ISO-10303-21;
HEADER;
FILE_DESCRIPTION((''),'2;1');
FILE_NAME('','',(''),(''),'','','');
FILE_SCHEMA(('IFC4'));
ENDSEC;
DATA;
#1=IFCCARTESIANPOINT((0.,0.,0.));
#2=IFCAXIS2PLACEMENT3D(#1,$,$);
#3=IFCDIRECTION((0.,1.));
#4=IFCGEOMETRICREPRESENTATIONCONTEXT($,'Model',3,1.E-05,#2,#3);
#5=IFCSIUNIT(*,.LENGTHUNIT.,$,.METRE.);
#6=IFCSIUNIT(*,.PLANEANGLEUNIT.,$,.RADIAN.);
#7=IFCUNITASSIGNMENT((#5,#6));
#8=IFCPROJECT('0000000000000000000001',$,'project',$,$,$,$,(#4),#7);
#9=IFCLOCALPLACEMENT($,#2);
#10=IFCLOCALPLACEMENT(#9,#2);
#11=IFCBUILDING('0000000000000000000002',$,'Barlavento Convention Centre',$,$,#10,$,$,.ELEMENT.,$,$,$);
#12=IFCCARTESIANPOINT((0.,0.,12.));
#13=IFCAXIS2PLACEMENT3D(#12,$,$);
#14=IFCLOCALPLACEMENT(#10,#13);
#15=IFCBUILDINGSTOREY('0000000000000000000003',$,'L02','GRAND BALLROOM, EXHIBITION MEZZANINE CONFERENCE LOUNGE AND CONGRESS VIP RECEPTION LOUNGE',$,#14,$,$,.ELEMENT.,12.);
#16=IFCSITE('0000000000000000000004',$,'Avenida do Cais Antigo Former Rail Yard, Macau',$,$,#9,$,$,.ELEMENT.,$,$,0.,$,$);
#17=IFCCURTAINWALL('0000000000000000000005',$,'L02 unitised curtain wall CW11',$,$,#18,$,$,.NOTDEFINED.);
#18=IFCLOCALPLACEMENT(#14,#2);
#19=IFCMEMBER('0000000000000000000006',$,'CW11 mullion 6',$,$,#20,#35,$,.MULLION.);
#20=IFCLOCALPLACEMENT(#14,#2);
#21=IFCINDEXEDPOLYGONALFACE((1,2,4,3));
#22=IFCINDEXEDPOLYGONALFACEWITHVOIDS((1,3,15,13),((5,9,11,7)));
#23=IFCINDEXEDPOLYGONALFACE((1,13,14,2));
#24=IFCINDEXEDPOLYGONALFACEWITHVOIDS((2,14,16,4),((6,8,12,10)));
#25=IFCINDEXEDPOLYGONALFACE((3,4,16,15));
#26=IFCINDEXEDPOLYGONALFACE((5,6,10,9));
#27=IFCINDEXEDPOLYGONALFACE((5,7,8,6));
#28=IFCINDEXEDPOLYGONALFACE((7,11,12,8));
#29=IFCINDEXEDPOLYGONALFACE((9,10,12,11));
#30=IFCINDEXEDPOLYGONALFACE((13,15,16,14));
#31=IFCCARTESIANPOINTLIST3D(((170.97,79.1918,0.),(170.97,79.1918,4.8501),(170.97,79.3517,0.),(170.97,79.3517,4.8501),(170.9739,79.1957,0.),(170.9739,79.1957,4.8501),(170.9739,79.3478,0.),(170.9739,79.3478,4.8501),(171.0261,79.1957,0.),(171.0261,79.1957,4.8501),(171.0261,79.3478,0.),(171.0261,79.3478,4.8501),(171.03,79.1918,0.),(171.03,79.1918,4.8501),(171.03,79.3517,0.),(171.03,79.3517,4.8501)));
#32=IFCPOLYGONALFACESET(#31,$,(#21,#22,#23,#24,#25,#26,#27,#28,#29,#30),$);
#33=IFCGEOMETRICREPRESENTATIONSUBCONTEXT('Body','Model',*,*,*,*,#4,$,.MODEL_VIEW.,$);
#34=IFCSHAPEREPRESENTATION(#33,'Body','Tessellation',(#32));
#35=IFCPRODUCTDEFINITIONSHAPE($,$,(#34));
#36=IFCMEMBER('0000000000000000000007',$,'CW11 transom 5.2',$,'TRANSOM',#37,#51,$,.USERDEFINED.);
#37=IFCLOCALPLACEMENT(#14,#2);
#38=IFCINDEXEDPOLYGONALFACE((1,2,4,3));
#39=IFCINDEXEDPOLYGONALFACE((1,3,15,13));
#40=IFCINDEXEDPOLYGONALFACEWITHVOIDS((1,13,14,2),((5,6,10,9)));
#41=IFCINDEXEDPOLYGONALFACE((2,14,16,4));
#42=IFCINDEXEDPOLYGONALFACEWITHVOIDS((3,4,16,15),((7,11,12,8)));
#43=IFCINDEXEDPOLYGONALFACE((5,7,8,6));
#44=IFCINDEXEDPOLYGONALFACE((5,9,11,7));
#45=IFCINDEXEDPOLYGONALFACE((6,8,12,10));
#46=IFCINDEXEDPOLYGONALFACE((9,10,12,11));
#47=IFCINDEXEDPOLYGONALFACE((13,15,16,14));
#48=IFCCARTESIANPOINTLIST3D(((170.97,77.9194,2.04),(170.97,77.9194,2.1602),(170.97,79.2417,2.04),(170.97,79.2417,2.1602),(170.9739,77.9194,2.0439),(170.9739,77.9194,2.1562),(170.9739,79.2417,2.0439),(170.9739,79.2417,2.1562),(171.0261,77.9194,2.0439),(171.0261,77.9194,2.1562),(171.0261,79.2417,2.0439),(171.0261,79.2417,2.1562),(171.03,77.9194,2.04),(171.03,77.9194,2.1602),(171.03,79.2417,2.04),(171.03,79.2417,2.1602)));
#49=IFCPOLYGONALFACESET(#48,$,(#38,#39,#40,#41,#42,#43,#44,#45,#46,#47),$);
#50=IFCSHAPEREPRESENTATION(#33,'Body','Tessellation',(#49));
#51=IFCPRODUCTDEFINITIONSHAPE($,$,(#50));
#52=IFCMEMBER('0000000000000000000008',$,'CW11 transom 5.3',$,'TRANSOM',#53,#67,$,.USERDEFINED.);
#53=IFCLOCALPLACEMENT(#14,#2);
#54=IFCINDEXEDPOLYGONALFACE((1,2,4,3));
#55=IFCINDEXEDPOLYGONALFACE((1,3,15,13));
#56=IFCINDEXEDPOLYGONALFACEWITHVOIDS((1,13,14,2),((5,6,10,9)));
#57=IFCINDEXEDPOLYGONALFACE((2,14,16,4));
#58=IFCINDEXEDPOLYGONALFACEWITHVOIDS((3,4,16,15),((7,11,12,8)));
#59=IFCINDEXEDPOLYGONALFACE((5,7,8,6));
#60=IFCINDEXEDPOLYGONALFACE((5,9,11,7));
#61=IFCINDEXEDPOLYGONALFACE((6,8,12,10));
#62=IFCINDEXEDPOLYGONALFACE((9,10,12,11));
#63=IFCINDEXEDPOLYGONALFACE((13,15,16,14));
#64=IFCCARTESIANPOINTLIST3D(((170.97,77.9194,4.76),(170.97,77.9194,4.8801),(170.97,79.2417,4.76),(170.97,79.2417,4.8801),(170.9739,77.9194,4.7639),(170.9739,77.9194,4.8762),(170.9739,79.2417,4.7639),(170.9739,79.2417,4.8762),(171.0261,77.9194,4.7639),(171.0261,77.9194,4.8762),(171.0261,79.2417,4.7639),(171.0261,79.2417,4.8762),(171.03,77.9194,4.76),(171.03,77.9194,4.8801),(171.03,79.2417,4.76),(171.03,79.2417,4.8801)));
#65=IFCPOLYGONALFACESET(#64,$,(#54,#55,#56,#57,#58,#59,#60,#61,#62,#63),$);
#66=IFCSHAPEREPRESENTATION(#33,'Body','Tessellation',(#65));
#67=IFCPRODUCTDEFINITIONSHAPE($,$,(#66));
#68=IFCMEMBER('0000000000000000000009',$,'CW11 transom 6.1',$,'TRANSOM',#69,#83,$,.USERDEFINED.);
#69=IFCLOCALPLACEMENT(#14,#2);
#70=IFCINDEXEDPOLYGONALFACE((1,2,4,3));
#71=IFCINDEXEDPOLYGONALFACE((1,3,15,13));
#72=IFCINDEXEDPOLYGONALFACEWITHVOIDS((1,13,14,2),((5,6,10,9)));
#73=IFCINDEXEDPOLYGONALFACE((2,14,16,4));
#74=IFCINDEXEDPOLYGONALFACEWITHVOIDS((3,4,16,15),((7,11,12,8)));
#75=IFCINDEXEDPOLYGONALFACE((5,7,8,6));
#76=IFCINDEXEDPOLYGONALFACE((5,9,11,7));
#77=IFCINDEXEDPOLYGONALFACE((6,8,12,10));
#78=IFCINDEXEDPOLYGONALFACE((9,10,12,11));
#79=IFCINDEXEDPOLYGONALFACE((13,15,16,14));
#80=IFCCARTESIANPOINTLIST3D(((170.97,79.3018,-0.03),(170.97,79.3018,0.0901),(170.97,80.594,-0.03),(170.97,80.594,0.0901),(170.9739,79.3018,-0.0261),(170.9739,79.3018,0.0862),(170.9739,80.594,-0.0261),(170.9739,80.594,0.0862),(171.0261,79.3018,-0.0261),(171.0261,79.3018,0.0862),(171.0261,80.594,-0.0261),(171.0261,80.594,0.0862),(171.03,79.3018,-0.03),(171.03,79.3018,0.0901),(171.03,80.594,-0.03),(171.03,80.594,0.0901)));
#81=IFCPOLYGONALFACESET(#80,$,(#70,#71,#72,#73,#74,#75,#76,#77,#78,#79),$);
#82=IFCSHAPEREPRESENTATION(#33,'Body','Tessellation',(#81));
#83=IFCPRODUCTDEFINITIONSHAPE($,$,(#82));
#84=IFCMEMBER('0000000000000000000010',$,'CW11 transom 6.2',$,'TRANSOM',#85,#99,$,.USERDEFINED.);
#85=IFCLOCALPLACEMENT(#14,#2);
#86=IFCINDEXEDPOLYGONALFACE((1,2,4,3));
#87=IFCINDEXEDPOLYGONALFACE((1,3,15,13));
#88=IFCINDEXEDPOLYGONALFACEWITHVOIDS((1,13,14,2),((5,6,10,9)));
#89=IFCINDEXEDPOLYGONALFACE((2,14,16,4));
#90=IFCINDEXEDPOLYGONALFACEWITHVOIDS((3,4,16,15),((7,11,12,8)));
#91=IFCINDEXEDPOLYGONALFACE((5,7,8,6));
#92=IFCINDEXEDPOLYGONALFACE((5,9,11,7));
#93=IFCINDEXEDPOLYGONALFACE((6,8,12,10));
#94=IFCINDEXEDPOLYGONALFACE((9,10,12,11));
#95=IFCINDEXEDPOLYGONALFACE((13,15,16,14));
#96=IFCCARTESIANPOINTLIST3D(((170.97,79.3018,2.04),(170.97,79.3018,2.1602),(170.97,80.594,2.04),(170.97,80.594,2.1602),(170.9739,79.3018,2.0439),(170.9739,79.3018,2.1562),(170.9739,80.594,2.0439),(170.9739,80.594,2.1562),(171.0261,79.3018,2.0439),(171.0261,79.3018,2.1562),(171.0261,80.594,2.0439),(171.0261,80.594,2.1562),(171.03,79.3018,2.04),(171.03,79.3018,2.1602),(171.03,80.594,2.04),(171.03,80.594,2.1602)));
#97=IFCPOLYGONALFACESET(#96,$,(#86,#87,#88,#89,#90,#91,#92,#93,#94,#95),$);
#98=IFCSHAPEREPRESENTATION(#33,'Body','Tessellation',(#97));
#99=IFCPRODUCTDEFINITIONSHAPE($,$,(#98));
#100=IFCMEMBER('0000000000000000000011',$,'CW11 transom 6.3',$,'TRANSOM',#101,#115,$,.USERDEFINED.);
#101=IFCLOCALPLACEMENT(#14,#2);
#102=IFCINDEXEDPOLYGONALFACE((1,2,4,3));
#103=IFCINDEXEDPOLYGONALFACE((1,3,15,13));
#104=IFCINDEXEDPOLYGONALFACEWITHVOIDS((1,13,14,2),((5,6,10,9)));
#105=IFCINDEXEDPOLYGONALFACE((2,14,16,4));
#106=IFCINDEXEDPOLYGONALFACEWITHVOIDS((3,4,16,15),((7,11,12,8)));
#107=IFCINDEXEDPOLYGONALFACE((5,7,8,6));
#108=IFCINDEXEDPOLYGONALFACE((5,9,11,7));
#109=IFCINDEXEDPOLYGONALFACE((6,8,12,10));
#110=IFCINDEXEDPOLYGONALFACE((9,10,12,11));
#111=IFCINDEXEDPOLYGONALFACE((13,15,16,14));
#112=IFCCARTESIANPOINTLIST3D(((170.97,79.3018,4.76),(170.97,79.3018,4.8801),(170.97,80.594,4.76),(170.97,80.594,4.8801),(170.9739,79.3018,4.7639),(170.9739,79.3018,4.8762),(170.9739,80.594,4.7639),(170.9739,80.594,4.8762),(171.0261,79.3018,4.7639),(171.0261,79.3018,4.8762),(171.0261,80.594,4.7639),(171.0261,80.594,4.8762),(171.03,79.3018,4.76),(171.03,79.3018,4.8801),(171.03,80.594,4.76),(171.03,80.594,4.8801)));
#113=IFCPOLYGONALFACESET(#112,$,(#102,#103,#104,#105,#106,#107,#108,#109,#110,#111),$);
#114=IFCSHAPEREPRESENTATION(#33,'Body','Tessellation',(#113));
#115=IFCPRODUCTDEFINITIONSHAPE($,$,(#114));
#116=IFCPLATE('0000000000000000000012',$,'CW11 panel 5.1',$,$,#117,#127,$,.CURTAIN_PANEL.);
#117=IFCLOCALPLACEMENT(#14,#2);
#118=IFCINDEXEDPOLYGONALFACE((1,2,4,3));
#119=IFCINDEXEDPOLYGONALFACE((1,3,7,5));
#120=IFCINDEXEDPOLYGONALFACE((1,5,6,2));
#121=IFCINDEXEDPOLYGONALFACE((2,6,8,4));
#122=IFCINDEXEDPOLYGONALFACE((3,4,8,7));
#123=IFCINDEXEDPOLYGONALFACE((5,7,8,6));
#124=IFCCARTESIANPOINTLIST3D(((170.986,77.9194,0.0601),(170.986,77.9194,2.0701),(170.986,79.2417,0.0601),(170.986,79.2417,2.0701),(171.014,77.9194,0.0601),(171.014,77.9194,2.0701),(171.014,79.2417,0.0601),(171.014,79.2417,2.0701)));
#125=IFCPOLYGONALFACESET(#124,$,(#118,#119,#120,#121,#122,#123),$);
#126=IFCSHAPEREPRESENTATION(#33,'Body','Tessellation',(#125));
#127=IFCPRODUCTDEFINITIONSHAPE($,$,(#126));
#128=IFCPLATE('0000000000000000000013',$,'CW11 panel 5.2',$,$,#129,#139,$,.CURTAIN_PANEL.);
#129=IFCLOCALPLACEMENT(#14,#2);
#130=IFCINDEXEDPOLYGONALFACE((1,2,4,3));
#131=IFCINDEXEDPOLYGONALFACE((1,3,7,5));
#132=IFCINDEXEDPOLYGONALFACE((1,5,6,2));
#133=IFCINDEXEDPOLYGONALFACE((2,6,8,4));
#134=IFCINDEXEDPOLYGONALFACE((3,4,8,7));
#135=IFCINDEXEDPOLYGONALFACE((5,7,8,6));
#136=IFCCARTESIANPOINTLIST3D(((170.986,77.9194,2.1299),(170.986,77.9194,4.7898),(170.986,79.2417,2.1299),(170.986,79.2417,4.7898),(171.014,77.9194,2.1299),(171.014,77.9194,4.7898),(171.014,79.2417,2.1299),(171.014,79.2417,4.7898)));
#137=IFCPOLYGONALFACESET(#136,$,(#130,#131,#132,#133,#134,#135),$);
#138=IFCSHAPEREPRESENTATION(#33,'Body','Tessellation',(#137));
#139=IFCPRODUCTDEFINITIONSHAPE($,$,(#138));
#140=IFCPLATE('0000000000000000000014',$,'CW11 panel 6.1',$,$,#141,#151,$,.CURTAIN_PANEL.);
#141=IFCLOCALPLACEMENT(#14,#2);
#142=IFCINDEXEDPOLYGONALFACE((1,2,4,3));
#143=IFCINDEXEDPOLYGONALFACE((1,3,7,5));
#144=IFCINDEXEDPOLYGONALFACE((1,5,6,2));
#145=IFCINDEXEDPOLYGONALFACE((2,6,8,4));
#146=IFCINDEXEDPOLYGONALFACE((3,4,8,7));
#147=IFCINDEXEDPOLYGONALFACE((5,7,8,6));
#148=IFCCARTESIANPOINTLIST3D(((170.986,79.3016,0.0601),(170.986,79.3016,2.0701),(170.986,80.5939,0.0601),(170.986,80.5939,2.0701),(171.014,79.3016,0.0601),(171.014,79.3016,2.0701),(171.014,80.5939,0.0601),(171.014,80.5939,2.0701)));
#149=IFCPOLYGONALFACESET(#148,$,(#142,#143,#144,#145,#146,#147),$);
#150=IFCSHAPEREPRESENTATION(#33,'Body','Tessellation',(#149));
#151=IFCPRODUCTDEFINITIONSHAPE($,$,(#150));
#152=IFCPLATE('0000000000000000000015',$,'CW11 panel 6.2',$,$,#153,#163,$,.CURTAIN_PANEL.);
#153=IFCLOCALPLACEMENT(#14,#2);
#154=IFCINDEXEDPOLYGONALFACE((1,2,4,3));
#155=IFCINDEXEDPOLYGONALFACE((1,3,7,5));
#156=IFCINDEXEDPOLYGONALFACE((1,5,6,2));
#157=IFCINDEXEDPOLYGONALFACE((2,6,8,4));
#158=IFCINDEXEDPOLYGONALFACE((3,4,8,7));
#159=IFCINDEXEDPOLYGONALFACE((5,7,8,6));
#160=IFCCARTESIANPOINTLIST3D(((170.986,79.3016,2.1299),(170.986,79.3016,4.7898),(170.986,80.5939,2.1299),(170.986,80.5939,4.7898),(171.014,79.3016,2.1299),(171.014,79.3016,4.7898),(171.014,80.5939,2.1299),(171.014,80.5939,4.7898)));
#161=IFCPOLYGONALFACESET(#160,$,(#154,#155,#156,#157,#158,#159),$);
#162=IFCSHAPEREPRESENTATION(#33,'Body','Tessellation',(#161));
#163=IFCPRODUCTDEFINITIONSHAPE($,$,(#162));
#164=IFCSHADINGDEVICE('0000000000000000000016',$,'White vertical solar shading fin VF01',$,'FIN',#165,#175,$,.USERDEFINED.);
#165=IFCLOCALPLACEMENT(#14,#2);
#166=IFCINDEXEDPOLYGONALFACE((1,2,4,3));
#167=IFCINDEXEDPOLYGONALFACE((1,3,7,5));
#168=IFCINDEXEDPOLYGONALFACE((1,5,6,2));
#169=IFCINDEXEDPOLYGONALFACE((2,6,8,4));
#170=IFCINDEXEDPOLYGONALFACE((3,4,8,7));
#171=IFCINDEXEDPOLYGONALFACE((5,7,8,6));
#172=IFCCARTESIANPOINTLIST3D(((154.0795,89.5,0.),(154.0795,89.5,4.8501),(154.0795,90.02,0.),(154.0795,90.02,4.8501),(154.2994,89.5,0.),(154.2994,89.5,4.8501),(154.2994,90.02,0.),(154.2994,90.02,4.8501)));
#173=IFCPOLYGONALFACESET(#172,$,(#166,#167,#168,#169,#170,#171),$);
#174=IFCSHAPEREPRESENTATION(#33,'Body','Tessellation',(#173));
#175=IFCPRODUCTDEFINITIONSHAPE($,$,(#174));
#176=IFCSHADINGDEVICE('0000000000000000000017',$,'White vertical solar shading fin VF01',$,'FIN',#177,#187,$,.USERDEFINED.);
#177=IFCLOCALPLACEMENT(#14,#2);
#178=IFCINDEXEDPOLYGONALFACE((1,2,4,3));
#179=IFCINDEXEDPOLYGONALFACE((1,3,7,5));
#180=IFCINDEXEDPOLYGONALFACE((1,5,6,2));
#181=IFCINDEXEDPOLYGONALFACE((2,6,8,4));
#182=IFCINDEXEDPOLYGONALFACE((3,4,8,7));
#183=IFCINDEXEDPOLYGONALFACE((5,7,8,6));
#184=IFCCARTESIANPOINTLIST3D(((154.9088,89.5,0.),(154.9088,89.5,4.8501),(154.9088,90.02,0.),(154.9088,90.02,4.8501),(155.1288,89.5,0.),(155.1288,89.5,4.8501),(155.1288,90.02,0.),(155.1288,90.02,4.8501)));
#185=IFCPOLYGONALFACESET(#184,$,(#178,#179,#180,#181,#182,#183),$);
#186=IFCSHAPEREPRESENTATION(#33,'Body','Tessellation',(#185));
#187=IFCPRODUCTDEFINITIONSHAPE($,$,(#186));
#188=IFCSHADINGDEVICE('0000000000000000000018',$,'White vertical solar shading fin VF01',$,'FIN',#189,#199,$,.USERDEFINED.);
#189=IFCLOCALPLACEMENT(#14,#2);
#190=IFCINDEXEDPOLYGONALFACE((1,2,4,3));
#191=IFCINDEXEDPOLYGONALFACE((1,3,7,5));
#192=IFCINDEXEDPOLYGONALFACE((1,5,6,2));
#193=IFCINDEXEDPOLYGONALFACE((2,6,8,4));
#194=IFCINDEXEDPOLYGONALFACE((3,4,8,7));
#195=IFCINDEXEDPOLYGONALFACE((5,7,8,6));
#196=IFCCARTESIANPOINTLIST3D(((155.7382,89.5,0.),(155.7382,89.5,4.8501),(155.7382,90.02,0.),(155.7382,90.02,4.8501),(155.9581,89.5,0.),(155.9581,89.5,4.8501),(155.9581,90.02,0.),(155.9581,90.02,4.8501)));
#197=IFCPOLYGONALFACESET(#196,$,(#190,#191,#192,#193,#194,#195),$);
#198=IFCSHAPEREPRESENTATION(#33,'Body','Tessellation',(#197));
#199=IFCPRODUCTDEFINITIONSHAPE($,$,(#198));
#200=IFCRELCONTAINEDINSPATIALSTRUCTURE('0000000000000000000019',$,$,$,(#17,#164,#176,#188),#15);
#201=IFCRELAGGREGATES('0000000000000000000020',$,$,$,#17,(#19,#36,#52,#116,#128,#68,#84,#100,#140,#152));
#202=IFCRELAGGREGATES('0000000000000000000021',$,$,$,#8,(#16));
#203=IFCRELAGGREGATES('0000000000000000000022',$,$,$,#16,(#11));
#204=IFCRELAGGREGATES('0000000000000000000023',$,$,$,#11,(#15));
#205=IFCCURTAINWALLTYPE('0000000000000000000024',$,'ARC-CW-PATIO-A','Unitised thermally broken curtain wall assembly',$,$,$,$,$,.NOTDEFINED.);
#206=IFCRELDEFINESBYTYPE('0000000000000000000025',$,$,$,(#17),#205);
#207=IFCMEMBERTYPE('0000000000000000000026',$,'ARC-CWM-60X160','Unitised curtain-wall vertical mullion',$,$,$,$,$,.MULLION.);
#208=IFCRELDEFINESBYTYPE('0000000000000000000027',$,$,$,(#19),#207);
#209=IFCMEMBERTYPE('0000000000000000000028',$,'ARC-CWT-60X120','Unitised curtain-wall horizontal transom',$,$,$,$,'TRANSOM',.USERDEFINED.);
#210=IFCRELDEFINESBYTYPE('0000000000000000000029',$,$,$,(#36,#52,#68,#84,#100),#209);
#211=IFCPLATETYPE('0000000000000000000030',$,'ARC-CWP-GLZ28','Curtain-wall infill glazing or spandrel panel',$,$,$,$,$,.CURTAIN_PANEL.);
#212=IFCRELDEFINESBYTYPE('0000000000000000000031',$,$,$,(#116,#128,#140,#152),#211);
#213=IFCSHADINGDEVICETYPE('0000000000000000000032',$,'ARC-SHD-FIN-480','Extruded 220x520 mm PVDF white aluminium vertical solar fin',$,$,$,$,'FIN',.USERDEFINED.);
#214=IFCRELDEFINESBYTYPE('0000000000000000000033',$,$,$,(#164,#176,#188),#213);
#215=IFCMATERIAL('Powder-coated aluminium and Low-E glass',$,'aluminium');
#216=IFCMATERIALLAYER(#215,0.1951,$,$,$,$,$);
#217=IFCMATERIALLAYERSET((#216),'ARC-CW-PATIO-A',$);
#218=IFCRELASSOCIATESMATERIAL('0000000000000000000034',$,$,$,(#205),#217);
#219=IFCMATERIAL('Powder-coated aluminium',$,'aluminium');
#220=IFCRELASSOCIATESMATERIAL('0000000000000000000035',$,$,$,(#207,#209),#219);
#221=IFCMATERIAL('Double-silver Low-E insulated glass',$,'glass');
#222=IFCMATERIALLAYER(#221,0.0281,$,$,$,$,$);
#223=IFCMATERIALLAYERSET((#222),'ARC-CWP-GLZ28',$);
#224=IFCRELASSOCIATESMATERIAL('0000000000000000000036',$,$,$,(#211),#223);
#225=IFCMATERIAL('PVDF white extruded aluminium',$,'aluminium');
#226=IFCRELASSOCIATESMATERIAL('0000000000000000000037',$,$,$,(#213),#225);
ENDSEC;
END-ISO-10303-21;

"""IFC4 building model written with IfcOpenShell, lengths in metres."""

from ifc_helpers import new_model, si_unit, direction, frame, origin, origin_2d, place, context, subcontext, project, spatial, rectangle, hollow_rectangle, extrude, material, layer, layer_set, material_profile, profile_set, type_object, element, aggregate, save


model = new_model("IFC4")

# Units and contexts
model_context = context("Model", 3, precision=1e-05, world=origin(), true_north=direction((0.0, 1.0)))
body_context = subcontext(model_context, "Body", "Model", "MODEL_VIEW")
ifc_project = project(units=[si_unit("LENGTHUNIT", "METRE"), si_unit("PLANEANGLEUNIT", "RADIAN")], contexts=[model_context])

# Site, building, storey
site_placement = place(None, origin())
site = spatial("IfcSite", under=ifc_project, at=site_placement, Name="Avenida do Cais Antigo Former Rail Yard, Macau", CompositionType="ELEMENT", RefElevation=0.0)
building_placement = place(site_placement, origin())
building = spatial("IfcBuilding", under=site, at=building_placement, Name="Barlavento Convention Centre", CompositionType="ELEMENT")
storey_placement = place(building_placement, frame((0.0, 0.0, 12.0)))
storey = spatial("IfcBuildingStorey", under=building, at=storey_placement, Name="L02", Description="GRAND BALLROOM, EXHIBITION MEZZANINE CONFERENCE LOUNGE AND CONGRESS VIP RECEPTION LOUNGE", CompositionType="ELEMENT", Elevation=12.0)

# Curtain wall, members, plates
ifc_material_1 = material(Name="Powder-coated aluminium and Low-E glass", Category="aluminium")
ifc_layer_1 = layer(ifc_material_1, 0.1951)
ifc_layer_set_1 = layer_set([ifc_layer_1], Name="ARC-CW-PATIO-A")
curtain_wall_type = type_object("IfcCurtainWallType", Name="ARC-CW-PATIO-A", Description="Unitised thermally broken curtain wall assembly", PredefinedType="NOTDEFINED", material=ifc_layer_set_1)
curtain_wall_placement = place(storey_placement, origin())
curtain_wall = element("IfcCurtainWall", 1, at=curtain_wall_placement, inside=storey, type_object=curtain_wall_type, Name="L02 unitised curtain wall CW11", PredefinedType="NOTDEFINED")
ifc_material_2 = material(Name="Powder-coated aluminium", Category="aluminium")
ifc_material_profile_1 = material_profile(ifc_material_2, hollow_rectangle(XDim=0.0601, YDim=0.1599, WallThickness=0.0039, at=origin_2d()), Name="AL-MULL 60x160x4")
ifc_profile_set_1 = profile_set([ifc_material_profile_1], Name="Powder-coated aluminium")
member_type_1 = type_object("IfcMemberType", Name="ARC-CWM-60X160", Description="Unitised curtain-wall vertical mullion", PredefinedType="MULLION", material=ifc_profile_set_1)
member_1_placement = place(storey_placement, frame((171.0, 79.2717, 0.0), z_axis=(0.0, 0.0, 1.0), x_axis=(-1.0, 0.0, 0.0)))
member_1 = element("IfcMember", 2, at=member_1_placement, type_object=member_type_1, Name="CW11 mullion 6", PredefinedType="MULLION", context=body_context, shape_type="SweptSolid", body=[
    extrude(hollow_rectangle(XDim=0.0601, YDim=0.1599, WallThickness=0.0039, at=origin_2d()), origin(), (0.0, 0.0, 1.0), 4.8501),
])
ifc_material_profile_2 = material_profile(ifc_material_2, hollow_rectangle(XDim=0.0601, YDim=0.1201, WallThickness=0.0039, at=origin_2d()), Name="AL-TRAN 60x120x4")
ifc_profile_set_2 = profile_set([ifc_material_profile_2], Name="Powder-coated aluminium")
member_type_2 = type_object("IfcMemberType", Name="ARC-CWT-60X120", Description="Unitised curtain-wall horizontal transom", ElementType="TRANSOM", PredefinedType="USERDEFINED", material=ifc_profile_set_2)
member_2_placement = place(storey_placement, frame((171.0, 77.9194, 2.1001), z_axis=(0.0, 1.0, 0.0), x_axis=(-1.0, 0.0, 0.0)))
member_2 = element("IfcMember", 3, at=member_2_placement, type_object=member_type_2, Name="CW11 transom 5.2", ObjectType="TRANSOM", PredefinedType="USERDEFINED", context=body_context, shape_type="SweptSolid", body=[
    extrude(hollow_rectangle(XDim=0.0601, YDim=0.1201, WallThickness=0.0039, at=origin_2d()), origin(), (0.0, 0.0, 1.0), 1.3223),
])
member_3_placement = place(storey_placement, frame((171.0, 77.9194, 4.8201), z_axis=(0.0, 1.0, 0.0), x_axis=(-1.0, 0.0, 0.0)))
member_3 = element("IfcMember", 4, at=member_3_placement, type_object=member_type_2, Name="CW11 transom 5.3", ObjectType="TRANSOM", PredefinedType="USERDEFINED", context=body_context, shape_type="SweptSolid", body=[
    extrude(hollow_rectangle(XDim=0.0601, YDim=0.1201, WallThickness=0.0039, at=origin_2d()), origin(), (0.0, 0.0, 1.0), 1.3223),
])
member_4_placement = place(storey_placement, frame((171.0, 79.3018, 0.03), z_axis=(0.0, 1.0, 0.0), x_axis=(-1.0, 0.0, 0.0)))
member_4 = element("IfcMember", 5, at=member_4_placement, type_object=member_type_2, Name="CW11 transom 6.1", ObjectType="TRANSOM", PredefinedType="USERDEFINED", context=body_context, shape_type="SweptSolid", body=[
    extrude(hollow_rectangle(XDim=0.0601, YDim=0.1201, WallThickness=0.0039, at=origin_2d()), origin(), (0.0, 0.0, 1.0), 1.2922),
])
member_5_placement = place(storey_placement, frame((171.0, 79.3018, 2.1001), z_axis=(0.0, 1.0, 0.0), x_axis=(-1.0, 0.0, 0.0)))
member_5 = element("IfcMember", 6, at=member_5_placement, type_object=member_type_2, Name="CW11 transom 6.2", ObjectType="TRANSOM", PredefinedType="USERDEFINED", context=body_context, shape_type="SweptSolid", body=[
    extrude(hollow_rectangle(XDim=0.0601, YDim=0.1201, WallThickness=0.0039, at=origin_2d()), origin(), (0.0, 0.0, 1.0), 1.2922),
])
member_6_placement = place(storey_placement, frame((171.0, 79.3018, 4.8201), z_axis=(0.0, 1.0, 0.0), x_axis=(-1.0, 0.0, 0.0)))
member_6 = element("IfcMember", 7, at=member_6_placement, type_object=member_type_2, Name="CW11 transom 6.3", ObjectType="TRANSOM", PredefinedType="USERDEFINED", context=body_context, shape_type="SweptSolid", body=[
    extrude(hollow_rectangle(XDim=0.0601, YDim=0.1201, WallThickness=0.0039, at=origin_2d()), origin(), (0.0, 0.0, 1.0), 1.2922),
])
ifc_material_3 = material(Name="Double-silver Low-E insulated glass", Category="glass")
ifc_layer_2 = layer(ifc_material_3, 0.0281)
ifc_layer_set_2 = layer_set([ifc_layer_2], Name="ARC-CWP-GLZ28")
plate_type = type_object("IfcPlateType", Name="ARC-CWP-GLZ28", Description="Curtain-wall infill glazing or spandrel panel", PredefinedType="CURTAIN_PANEL", material=ifc_layer_set_2)
plate_1_placement = place(storey_placement, frame((171.0, 78.5806, 0.0601), z_axis=(0.0, 0.0, 1.0), x_axis=(0.0, 1.0, 0.0)))
plate_1 = element("IfcPlate", 8, at=plate_1_placement, type_object=plate_type, Name="CW11 panel 5.1", PredefinedType="CURTAIN_PANEL", context=body_context, shape_type="SweptSolid", body=[
    extrude(rectangle(XDim=1.3223, YDim=0.0281, at=origin_2d()), origin(), (0.0, 0.0, 1.0), 2.01),
])
plate_2_placement = place(storey_placement, frame((171.0, 78.5806, 2.1299), z_axis=(0.0, 0.0, 1.0), x_axis=(0.0, 1.0, 0.0)))
plate_2 = element("IfcPlate", 9, at=plate_2_placement, type_object=plate_type, Name="CW11 panel 5.2", PredefinedType="CURTAIN_PANEL", context=body_context, shape_type="SweptSolid", body=[
    extrude(rectangle(XDim=1.3223, YDim=0.0281, at=origin_2d()), origin(), (0.0, 0.0, 1.0), 2.6599),
])
plate_3_placement = place(storey_placement, frame((171.0, 79.9478, 0.0601), z_axis=(0.0, 0.0, 1.0), x_axis=(0.0, 1.0, 0.0)))
plate_3 = element("IfcPlate", 10, at=plate_3_placement, type_object=plate_type, Name="CW11 panel 6.1", PredefinedType="CURTAIN_PANEL", context=body_context, shape_type="SweptSolid", body=[
    extrude(rectangle(XDim=1.2922, YDim=0.0281, at=origin_2d()), origin(), (0.0, 0.0, 1.0), 2.01),
])
plate_4_placement = place(storey_placement, frame((171.0, 79.9478, 2.1299), z_axis=(0.0, 0.0, 1.0), x_axis=(0.0, 1.0, 0.0)))
plate_4 = element("IfcPlate", 11, at=plate_4_placement, type_object=plate_type, Name="CW11 panel 6.2", PredefinedType="CURTAIN_PANEL", context=body_context, shape_type="SweptSolid", body=[
    extrude(rectangle(XDim=1.2922, YDim=0.0281, at=origin_2d()), origin(), (0.0, 0.0, 1.0), 2.6599),
])
aggregate(curtain_wall, [member_1, member_2, member_3, plate_1, plate_2, member_4, member_5, member_6, plate_3, plate_4])

# Shading devices
ifc_material_4 = material(Name="PVDF white extruded aluminium", Category="aluminium")
shading_device_type = type_object("IfcShadingDeviceType", Name="ARC-SHD-FIN-480", Description="Extruded 220x520 mm PVDF white aluminium vertical solar fin", ElementType="FIN", PredefinedType="USERDEFINED", material=ifc_material_4)
for number, where, z_axis, x_axis, name in (
    (12, (154.1895, 89.76, 0.0), (0.0, 0.0, 1.0), (1.0, 0.0, 0.0), "White vertical solar shading fin VF01"),
    (13, (155.0188, 89.76, 0.0), (0.0, 0.0, 1.0), (1.0, 0.0, 0.0), "White vertical solar shading fin VF01"),
    (14, (155.8481, 89.76, 0.0), (0.0, 0.0, 1.0), (1.0, 0.0, 0.0), "White vertical solar shading fin VF01"),
):
    element("IfcShadingDevice", number, at=place(storey_placement, frame(where, z_axis=z_axis, x_axis=x_axis)), inside=storey, type_object=shading_device_type, Name=name, ObjectType="FIN", PredefinedType="USERDEFINED", context=body_context, shape_type="SweptSolid", body=[
        extrude(rectangle(XDim=0.22, YDim=0.52, at=origin_2d()), origin(), (0.0, 0.0, 1.0), 4.8501),
    ])

save(model, "model.ifc")
